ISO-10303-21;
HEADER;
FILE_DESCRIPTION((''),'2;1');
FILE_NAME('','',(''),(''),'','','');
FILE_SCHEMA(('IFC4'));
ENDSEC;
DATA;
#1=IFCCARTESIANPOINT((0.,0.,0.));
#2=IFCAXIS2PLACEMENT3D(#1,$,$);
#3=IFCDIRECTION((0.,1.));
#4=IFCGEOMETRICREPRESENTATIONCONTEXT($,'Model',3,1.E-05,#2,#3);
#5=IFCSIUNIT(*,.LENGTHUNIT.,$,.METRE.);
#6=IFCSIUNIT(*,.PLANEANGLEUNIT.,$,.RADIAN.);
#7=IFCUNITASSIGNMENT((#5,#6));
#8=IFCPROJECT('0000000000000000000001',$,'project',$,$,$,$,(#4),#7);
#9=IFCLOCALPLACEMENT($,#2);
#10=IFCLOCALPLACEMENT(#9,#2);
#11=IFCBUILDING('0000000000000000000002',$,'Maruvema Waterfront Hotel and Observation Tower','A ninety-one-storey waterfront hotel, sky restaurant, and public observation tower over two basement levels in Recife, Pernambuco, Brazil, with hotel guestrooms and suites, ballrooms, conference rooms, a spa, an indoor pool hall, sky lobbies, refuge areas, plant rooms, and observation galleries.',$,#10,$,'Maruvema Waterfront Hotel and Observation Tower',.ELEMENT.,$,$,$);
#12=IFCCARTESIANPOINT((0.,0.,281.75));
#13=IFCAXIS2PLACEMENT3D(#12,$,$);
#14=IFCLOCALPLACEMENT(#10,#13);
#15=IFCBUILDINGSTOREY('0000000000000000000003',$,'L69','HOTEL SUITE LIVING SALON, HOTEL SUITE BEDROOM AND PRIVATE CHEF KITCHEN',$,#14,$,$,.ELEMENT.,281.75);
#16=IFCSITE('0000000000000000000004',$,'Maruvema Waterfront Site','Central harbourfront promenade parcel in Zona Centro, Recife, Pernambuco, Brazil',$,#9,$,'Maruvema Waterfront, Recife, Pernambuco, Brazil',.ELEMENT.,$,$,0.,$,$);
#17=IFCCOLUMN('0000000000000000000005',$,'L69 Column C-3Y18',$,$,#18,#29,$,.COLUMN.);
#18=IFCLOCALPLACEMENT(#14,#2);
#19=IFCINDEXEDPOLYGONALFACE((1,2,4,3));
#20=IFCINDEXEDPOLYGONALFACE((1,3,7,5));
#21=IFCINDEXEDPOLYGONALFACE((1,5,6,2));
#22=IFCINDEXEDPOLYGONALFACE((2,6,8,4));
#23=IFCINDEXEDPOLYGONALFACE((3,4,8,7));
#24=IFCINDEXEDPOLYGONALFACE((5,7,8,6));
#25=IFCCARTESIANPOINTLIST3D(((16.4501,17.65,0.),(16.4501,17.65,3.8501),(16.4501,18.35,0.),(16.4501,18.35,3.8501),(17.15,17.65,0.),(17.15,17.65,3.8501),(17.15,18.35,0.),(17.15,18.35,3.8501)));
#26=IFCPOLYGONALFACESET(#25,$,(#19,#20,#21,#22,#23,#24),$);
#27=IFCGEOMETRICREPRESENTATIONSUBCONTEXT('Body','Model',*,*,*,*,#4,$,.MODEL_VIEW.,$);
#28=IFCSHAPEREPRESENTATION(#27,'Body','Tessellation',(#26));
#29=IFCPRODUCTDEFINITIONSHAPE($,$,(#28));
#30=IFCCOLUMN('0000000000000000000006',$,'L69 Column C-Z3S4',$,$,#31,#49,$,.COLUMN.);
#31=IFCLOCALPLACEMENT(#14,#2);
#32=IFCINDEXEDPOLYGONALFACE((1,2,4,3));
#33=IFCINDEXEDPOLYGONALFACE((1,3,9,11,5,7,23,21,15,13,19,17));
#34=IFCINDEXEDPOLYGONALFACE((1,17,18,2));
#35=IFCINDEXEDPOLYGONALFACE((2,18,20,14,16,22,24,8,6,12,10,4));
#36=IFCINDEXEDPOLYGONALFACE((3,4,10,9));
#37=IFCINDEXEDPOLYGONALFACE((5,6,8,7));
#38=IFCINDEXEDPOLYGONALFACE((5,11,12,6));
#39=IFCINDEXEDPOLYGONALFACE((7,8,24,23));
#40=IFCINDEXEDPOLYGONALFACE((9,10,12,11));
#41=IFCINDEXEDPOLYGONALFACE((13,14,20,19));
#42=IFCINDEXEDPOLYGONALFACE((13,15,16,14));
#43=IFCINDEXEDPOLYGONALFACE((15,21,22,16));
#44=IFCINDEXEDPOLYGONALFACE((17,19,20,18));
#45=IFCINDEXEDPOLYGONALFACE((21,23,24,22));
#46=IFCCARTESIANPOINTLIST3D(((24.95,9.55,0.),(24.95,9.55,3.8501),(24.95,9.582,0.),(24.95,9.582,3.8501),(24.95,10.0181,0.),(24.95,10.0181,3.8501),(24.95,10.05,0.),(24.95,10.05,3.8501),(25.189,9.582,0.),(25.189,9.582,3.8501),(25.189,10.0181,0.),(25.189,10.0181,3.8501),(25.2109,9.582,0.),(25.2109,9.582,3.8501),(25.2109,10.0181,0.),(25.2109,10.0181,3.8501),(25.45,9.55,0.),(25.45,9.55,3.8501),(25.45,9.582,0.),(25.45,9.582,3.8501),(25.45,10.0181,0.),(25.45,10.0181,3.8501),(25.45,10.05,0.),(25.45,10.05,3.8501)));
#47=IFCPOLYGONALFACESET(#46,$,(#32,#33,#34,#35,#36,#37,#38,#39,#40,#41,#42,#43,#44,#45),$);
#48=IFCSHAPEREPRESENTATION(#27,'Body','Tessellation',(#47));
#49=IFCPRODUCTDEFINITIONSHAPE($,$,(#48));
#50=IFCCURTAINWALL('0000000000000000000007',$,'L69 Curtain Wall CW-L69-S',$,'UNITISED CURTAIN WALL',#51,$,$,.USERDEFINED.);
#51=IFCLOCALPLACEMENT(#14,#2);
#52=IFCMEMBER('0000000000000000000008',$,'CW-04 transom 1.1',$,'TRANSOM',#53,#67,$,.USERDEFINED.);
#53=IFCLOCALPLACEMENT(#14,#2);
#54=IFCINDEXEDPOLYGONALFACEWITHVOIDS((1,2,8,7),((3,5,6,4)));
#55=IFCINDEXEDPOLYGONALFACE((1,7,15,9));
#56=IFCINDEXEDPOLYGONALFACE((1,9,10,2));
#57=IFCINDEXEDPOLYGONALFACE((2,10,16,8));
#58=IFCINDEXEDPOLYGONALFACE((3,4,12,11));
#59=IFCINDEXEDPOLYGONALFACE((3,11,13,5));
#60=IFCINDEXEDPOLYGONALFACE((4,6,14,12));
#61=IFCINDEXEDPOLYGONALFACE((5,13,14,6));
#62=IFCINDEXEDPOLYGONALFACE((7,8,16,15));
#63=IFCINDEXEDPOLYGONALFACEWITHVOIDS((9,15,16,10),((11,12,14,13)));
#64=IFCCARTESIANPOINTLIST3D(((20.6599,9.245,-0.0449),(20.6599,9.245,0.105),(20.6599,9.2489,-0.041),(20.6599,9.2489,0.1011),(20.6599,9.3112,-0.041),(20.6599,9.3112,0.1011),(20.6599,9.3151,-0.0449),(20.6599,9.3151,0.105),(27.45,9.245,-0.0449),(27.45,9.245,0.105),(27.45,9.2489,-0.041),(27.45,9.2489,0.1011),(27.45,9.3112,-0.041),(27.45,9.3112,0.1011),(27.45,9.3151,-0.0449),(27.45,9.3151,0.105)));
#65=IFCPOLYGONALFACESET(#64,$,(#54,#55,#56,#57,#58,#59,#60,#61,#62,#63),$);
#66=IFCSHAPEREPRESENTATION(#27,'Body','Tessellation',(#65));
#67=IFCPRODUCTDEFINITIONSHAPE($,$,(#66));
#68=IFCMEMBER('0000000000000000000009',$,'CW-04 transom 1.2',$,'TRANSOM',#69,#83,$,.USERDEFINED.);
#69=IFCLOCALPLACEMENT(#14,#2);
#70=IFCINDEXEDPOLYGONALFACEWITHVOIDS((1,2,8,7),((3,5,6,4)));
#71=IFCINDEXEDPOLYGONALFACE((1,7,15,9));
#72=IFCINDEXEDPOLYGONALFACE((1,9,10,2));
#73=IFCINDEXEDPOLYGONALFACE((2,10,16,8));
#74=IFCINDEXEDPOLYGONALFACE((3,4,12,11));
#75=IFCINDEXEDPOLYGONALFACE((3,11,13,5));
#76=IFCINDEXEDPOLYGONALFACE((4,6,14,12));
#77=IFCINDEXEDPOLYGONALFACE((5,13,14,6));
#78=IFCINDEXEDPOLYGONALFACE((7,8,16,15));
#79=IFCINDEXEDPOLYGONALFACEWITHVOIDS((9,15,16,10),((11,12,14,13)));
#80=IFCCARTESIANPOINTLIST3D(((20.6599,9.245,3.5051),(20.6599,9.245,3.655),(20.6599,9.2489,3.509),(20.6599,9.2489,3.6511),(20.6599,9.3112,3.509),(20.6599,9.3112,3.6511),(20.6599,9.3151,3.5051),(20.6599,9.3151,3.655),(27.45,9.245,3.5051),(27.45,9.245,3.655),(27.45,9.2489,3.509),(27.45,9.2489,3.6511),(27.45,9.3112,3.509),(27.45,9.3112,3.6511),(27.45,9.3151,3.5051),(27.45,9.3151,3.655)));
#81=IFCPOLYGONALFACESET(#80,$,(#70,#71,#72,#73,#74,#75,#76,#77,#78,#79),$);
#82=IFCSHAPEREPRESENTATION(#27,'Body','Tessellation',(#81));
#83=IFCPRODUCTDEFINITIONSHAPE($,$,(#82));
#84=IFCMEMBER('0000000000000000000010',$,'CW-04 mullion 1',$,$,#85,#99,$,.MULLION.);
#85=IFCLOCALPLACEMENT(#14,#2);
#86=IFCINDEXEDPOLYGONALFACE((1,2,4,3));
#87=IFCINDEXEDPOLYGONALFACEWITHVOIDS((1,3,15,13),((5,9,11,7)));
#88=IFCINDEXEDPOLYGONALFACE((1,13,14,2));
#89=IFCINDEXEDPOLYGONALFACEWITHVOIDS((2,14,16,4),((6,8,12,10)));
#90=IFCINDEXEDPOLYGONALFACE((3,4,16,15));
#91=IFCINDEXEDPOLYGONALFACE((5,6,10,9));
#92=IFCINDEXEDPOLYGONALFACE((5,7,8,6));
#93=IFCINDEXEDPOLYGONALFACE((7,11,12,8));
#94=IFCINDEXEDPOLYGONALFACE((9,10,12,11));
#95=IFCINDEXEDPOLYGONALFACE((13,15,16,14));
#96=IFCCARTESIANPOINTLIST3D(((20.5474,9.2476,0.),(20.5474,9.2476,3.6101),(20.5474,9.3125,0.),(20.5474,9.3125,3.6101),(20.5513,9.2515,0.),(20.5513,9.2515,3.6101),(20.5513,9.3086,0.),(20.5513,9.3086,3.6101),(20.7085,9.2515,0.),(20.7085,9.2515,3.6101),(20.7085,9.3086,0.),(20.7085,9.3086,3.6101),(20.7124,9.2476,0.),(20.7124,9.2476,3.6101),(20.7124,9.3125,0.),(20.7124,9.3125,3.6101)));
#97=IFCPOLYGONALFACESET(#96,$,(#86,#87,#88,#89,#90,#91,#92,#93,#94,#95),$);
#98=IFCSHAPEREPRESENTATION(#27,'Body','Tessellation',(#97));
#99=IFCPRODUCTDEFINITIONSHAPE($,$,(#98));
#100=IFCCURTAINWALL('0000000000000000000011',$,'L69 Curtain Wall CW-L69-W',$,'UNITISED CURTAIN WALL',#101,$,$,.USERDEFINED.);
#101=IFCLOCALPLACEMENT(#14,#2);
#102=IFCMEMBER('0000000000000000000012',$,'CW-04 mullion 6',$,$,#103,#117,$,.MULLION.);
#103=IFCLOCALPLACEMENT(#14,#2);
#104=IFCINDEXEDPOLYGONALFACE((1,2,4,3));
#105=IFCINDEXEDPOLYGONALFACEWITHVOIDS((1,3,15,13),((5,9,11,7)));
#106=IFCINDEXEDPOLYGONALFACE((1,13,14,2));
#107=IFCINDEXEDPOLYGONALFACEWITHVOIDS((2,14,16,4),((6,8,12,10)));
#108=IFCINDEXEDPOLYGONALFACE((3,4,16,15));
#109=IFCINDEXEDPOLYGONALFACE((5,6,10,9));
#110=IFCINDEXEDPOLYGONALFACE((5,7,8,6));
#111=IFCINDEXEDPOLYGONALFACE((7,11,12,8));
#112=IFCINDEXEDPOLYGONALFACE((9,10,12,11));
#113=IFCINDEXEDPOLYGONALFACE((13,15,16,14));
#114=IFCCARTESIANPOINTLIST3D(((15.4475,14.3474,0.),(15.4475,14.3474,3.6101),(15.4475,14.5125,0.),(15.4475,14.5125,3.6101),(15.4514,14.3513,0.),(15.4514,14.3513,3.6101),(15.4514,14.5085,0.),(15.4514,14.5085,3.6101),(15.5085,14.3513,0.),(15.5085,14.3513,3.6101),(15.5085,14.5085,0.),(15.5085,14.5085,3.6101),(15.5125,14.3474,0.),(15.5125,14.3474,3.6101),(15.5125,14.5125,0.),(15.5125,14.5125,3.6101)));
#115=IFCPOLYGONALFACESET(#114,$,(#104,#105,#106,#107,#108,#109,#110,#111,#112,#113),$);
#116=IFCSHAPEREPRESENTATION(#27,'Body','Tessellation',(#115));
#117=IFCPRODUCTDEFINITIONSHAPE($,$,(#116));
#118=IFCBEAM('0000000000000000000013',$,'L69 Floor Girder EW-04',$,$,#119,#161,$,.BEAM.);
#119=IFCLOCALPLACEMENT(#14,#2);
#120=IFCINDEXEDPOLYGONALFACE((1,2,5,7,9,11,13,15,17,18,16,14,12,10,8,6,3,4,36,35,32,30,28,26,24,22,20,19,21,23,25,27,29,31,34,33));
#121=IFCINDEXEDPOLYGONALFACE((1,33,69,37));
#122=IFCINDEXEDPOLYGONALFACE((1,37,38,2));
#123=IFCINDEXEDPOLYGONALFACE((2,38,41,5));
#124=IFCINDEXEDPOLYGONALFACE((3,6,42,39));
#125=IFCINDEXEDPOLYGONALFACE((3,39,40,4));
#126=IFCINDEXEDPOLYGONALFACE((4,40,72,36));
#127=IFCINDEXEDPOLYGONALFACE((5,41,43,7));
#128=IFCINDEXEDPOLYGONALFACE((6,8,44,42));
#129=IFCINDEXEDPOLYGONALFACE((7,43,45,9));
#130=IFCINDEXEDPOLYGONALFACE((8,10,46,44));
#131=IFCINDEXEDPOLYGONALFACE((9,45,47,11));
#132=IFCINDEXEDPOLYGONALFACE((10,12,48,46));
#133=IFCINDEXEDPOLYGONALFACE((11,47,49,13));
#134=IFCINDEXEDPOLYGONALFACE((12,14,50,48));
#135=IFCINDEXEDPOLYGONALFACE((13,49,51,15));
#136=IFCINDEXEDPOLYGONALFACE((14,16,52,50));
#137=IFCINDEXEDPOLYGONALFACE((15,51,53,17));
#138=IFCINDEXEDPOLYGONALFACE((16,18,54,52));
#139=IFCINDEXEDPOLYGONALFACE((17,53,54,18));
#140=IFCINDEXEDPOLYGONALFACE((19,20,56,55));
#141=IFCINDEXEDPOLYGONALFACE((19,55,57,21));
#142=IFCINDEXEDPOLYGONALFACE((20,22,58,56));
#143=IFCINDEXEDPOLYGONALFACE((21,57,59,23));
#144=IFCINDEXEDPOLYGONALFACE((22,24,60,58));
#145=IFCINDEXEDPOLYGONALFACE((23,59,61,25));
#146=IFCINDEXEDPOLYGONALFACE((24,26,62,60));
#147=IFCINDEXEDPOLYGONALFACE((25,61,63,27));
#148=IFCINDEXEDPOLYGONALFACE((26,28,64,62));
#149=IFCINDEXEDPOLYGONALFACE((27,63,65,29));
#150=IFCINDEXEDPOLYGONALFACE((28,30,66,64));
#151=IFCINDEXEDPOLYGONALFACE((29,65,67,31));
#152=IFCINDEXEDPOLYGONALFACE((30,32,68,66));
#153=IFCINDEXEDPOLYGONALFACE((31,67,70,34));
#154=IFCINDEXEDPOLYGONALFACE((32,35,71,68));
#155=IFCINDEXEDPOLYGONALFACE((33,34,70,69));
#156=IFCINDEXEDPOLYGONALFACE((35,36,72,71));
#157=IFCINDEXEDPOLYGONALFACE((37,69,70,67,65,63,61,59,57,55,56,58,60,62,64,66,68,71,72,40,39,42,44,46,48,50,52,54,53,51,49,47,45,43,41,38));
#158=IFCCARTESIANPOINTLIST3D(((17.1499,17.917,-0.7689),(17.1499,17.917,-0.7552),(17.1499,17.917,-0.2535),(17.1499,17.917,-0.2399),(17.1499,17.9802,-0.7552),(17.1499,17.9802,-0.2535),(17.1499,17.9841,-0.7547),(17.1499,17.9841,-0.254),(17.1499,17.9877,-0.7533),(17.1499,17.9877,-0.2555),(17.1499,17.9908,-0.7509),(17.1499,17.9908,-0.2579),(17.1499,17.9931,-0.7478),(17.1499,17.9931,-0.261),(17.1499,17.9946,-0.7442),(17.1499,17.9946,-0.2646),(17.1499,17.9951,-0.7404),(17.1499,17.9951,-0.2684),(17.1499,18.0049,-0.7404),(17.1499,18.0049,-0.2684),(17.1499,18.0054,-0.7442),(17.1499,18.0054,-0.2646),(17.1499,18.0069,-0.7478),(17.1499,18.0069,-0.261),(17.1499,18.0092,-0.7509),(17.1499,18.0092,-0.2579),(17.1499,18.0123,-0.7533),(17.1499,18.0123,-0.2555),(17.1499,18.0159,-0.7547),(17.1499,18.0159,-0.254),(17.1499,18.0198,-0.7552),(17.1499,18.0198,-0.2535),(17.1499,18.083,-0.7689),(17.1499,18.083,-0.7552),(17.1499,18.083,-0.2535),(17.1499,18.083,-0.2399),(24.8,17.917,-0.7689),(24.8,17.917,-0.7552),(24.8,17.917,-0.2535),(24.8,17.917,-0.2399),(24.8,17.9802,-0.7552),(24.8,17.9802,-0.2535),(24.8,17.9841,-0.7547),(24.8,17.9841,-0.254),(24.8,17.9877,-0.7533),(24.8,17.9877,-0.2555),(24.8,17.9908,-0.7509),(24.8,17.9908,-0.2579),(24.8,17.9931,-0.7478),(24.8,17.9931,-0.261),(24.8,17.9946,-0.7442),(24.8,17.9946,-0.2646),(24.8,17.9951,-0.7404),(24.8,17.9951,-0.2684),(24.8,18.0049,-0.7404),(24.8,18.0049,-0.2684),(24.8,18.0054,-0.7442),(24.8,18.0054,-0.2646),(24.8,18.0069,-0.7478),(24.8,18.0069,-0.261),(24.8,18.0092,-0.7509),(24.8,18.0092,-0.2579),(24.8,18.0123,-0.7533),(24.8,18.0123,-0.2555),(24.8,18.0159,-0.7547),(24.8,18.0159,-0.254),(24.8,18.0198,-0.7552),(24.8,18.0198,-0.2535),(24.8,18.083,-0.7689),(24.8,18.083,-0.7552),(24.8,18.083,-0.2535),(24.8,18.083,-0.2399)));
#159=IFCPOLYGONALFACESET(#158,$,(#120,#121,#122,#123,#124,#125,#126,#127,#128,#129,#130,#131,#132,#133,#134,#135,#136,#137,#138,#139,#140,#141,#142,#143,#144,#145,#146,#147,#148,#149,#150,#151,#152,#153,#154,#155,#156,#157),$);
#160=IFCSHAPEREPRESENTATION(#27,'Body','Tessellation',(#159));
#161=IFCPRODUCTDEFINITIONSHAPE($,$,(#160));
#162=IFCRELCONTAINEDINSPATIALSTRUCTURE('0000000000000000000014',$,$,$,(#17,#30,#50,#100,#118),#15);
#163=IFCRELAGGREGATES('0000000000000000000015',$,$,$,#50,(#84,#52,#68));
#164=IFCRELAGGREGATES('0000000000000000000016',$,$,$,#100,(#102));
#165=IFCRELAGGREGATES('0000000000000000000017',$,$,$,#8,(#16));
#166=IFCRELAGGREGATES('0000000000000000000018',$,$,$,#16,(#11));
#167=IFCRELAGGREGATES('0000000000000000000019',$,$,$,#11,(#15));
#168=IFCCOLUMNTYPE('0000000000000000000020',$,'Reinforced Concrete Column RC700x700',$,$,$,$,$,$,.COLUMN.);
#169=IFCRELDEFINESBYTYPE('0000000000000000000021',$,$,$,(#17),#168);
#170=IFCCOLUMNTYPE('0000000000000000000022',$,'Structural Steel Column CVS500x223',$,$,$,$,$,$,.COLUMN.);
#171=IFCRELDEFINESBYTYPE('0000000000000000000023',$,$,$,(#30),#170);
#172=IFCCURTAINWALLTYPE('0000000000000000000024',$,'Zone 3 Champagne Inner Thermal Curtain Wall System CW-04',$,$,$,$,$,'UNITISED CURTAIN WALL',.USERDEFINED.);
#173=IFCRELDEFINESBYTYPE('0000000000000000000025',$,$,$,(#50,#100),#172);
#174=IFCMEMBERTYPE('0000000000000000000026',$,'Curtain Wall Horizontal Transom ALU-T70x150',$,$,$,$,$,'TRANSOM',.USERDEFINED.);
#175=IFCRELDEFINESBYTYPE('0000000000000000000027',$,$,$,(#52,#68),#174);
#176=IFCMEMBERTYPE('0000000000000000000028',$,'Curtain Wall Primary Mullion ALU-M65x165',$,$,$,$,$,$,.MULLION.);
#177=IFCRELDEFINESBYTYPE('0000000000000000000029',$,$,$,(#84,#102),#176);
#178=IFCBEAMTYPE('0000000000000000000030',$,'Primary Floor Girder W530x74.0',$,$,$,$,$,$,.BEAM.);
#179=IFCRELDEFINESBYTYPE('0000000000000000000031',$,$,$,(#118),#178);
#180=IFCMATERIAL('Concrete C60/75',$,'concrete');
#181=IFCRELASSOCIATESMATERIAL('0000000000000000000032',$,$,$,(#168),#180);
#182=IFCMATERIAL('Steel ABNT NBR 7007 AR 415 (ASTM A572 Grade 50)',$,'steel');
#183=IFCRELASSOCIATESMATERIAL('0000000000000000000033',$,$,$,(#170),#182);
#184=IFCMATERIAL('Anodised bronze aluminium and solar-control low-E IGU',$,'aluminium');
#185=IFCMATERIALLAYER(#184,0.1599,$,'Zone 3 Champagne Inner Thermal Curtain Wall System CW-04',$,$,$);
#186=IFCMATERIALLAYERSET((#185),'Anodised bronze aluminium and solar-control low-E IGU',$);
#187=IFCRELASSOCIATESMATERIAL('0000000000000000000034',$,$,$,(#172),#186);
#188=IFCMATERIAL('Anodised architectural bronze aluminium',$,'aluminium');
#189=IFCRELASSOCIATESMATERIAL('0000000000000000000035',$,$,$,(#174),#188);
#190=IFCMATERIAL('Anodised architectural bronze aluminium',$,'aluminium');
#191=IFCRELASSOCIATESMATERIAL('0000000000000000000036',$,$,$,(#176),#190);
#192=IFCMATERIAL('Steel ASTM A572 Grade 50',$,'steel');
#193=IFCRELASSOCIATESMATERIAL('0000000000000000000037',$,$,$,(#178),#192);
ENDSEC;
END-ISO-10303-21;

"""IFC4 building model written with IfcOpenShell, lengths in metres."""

from ifc_helpers import new_model, si_unit, direction, frame, origin, origin_2d, place, context, subcontext, project, spatial, rectangle, hollow_rectangle, i_section, extrude, material, layer, layer_set, material_profile, profile_set, type_object, element, aggregate, save


model = new_model("IFC4")

# Units and contexts
model_context = context("Model", 3, precision=1e-05, world=origin(), true_north=direction((0.0, 1.0)))
body_context = subcontext(model_context, "Body", "Model", "MODEL_VIEW")
ifc_project = project(units=[si_unit("LENGTHUNIT", "METRE"), si_unit("PLANEANGLEUNIT", "RADIAN")], contexts=[model_context])

# Site, building, storey
site_placement = place(None, origin())
site = spatial("IfcSite", under=ifc_project, at=site_placement, Name="Maruvema Waterfront Site", Description="Central harbourfront promenade parcel in Zona Centro, Recife, Pernambuco, Brazil", LongName="Maruvema Waterfront, Recife, Pernambuco, Brazil", CompositionType="ELEMENT", RefElevation=0.0)
building_placement = place(site_placement, origin())
building = spatial("IfcBuilding", under=site, at=building_placement, Name="Maruvema Waterfront Hotel and Observation Tower", Description="A ninety-one-storey waterfront hotel, sky restaurant, and public observation tower over two basement levels in Recife, Pernambuco, Brazil, with hotel guestrooms and suites, ballrooms, conference rooms, a spa, an indoor pool hall, sky lobbies, refuge areas, plant rooms, and observation galleries.", LongName="Maruvema Waterfront Hotel and Observation Tower", CompositionType="ELEMENT")
storey_placement = place(building_placement, frame((0.0, 0.0, 281.75)))
storey = spatial("IfcBuildingStorey", under=building, at=storey_placement, Name="L69", Description="HOTEL SUITE LIVING SALON, HOTEL SUITE BEDROOM AND PRIVATE CHEF KITCHEN", CompositionType="ELEMENT", Elevation=281.75)

# Columns
ifc_material_1 = material(Name="Concrete C60/75", Category="concrete")
ifc_material_profile_1 = material_profile(ifc_material_1, rectangle(XDim=0.7, YDim=0.7, at=origin_2d()), Name="RC700x700")
ifc_profile_set_1 = profile_set([ifc_material_profile_1], Name="Concrete C60/75")
column_type_1 = type_object("IfcColumnType", Name="Reinforced Concrete Column RC700x700", PredefinedType="COLUMN", material=ifc_profile_set_1)
column_1_placement = place(storey_placement, frame((16.8, 18.0, 0.0), z_axis=(0.0, 0.0, 1.0), x_axis=(1.0, 0.0, 0.0)))
element("IfcColumn", 1, at=column_1_placement, inside=storey, type_object=column_type_1, Name="L69 Column C-3Y18", PredefinedType="COLUMN", context=body_context, shape_type="SweptSolid", body=[
    extrude(rectangle(XDim=0.7, YDim=0.7, at=origin_2d()), origin(), (0.0, 0.0, 1.0), 3.8501),
])
ifc_material_2 = material(Name="Steel ABNT NBR 7007 AR 415 (ASTM A572 Grade 50)", Category="steel")
ifc_material_profile_2 = material_profile(ifc_material_2, i_section(OverallWidth=0.5, OverallDepth=0.5, WebThickness=0.022, FlangeThickness=0.032, at=origin_2d()), Name="CVS500x223")
ifc_profile_set_2 = profile_set([ifc_material_profile_2], Name="Steel ABNT NBR 7007 AR 415 (ASTM A572 Grade 50)")
column_type_2 = type_object("IfcColumnType", Name="Structural Steel Column CVS500x223", PredefinedType="COLUMN", material=ifc_profile_set_2)
column_2_placement = place(storey_placement, frame((25.2, 9.8, 0.0), z_axis=(0.0, 0.0, 1.0), x_axis=(1.0, 0.0, 0.0)))
element("IfcColumn", 2, at=column_2_placement, inside=storey, type_object=column_type_2, Name="L69 Column C-Z3S4", PredefinedType="COLUMN", context=body_context, shape_type="SweptSolid", body=[
    extrude(i_section(OverallWidth=0.5, OverallDepth=0.5, WebThickness=0.022, FlangeThickness=0.032, at=origin_2d()), origin(), (0.0, 0.0, 1.0), 3.8501),
])

# Curtain wall, members
ifc_material_3 = material(Name="Anodised bronze aluminium and solar-control low-E IGU", Category="aluminium")
ifc_layer_1 = layer(ifc_material_3, 0.1599, Name="Zone 3 Champagne Inner Thermal Curtain Wall System CW-04")
ifc_layer_set_1 = layer_set([ifc_layer_1], Name="Anodised bronze aluminium and solar-control low-E IGU")
curtain_wall_type = type_object("IfcCurtainWallType", Name="Zone 3 Champagne Inner Thermal Curtain Wall System CW-04", ElementType="UNITISED CURTAIN WALL", PredefinedType="USERDEFINED", material=ifc_layer_set_1)
curtain_wall_1_placement = place(storey_placement, origin())
curtain_wall_1 = element("IfcCurtainWall", 3, at=curtain_wall_1_placement, inside=storey, type_object=curtain_wall_type, Name="L69 Curtain Wall CW-L69-S", ObjectType="UNITISED CURTAIN WALL", PredefinedType="USERDEFINED")
ifc_material_4 = material(Name="Anodised architectural bronze aluminium", Category="aluminium")
ifc_material_profile_3 = material_profile(ifc_material_4, hollow_rectangle(XDim=0.0701, YDim=0.1499, WallThickness=0.0039, at=origin_2d()), Name="ALU-T70x150")
ifc_profile_set_3 = profile_set([ifc_material_profile_3], Name="Anodised architectural bronze aluminium")
member_type_1 = type_object("IfcMemberType", Name="Curtain Wall Horizontal Transom ALU-T70x150", ElementType="TRANSOM", PredefinedType="USERDEFINED", material=ifc_profile_set_3)
member_1_placement = place(storey_placement, frame((20.6599, 9.28, 0.03), z_axis=(1.0, 0.0, 0.0), x_axis=(0.0, 1.0, 0.0)))
member_1 = element("IfcMember", 4, at=member_1_placement, type_object=member_type_1, Name="CW-04 transom 1.1", ObjectType="TRANSOM", PredefinedType="USERDEFINED", context=body_context, shape_type="SweptSolid", body=[
    extrude(hollow_rectangle(XDim=0.0701, YDim=0.1499, WallThickness=0.0039, at=origin_2d()), origin(), (0.0, 0.0, 1.0), 6.79),
])
member_2_placement = place(storey_placement, frame((20.6599, 9.28, 3.5801), z_axis=(1.0, 0.0, 0.0), x_axis=(0.0, 1.0, 0.0)))
member_2 = element("IfcMember", 5, at=member_2_placement, type_object=member_type_1, Name="CW-04 transom 1.2", ObjectType="TRANSOM", PredefinedType="USERDEFINED", context=body_context, shape_type="SweptSolid", body=[
    extrude(hollow_rectangle(XDim=0.0701, YDim=0.1499, WallThickness=0.0039, at=origin_2d()), origin(), (0.0, 0.0, 1.0), 6.79),
])
ifc_material_5 = material(Name="Anodised architectural bronze aluminium", Category="aluminium")
ifc_material_profile_4 = material_profile(ifc_material_5, hollow_rectangle(XDim=0.0649, YDim=0.165, WallThickness=0.0039, at=origin_2d()), Name="ALU-M65x165")
ifc_profile_set_4 = profile_set([ifc_material_profile_4], Name="Anodised architectural bronze aluminium")
member_type_2 = type_object("IfcMemberType", Name="Curtain Wall Primary Mullion ALU-M65x165", PredefinedType="MULLION", material=ifc_profile_set_4)
member_3_placement = place(storey_placement, frame((20.6299, 9.28, 0.0), z_axis=(0.0, 0.0, 1.0), x_axis=(0.0, 1.0, 0.0)))
member_3 = element("IfcMember", 6, at=member_3_placement, type_object=member_type_2, Name="CW-04 mullion 1", PredefinedType="MULLION", context=body_context, shape_type="SweptSolid", body=[
    extrude(hollow_rectangle(XDim=0.0649, YDim=0.165, WallThickness=0.0039, at=origin_2d()), origin(), (0.0, 0.0, 1.0), 3.6101),
])

# Curtain wall, member
curtain_wall_2_placement = place(storey_placement, origin())
curtain_wall_2 = element("IfcCurtainWall", 7, at=curtain_wall_2_placement, inside=storey, type_object=curtain_wall_type, Name="L69 Curtain Wall CW-L69-W", ObjectType="UNITISED CURTAIN WALL", PredefinedType="USERDEFINED")
member_4_placement = place(storey_placement, frame((15.48, 14.4299, 0.0), z_axis=(0.0, 0.0, 1.0), x_axis=(1.0, 0.0, 0.0)))
member_4 = element("IfcMember", 8, at=member_4_placement, type_object=member_type_2, Name="CW-04 mullion 6", PredefinedType="MULLION", context=body_context, shape_type="SweptSolid", body=[
    extrude(hollow_rectangle(XDim=0.0649, YDim=0.165, WallThickness=0.0039, at=origin_2d()), origin(), (0.0, 0.0, 1.0), 3.6101),
])

# Beam
ifc_material_6 = material(Name="Steel ASTM A572 Grade 50", Category="steel")
ifc_material_profile_5 = material_profile(ifc_material_6, i_section(OverallWidth=0.166, OverallDepth=0.5291, WebThickness=0.0098, FlangeThickness=0.0137, FilletRadius=0.0149, at=origin_2d()), Name="W530x74.0")
ifc_profile_set_5 = profile_set([ifc_material_profile_5], Name="Steel ASTM A572 Grade 50")
beam_type_1 = type_object("IfcBeamType", Name="Primary Floor Girder W530x74.0", PredefinedType="BEAM", material=ifc_profile_set_5)
beam_1_placement = place(storey_placement, frame((17.1499, 18.0, -0.5044), z_axis=(1.0, 0.0, 0.0), x_axis=(0.0, 1.0, 0.0)))
element("IfcBeam", 9, at=beam_1_placement, inside=storey, type_object=beam_type_1, Name="L69 Floor Girder EW-04", PredefinedType="BEAM", context=body_context, shape_type="SweptSolid", body=[
    extrude(i_section(OverallWidth=0.166, OverallDepth=0.5291, WebThickness=0.0098, FlangeThickness=0.0137, FilletRadius=0.0149, at=origin_2d()), origin(), (0.0, 0.0, 1.0), 7.6501),
])

aggregate(curtain_wall_1, [member_3, member_1, member_2])
aggregate(curtain_wall_2, [member_4])

save(model, "model.ifc")
